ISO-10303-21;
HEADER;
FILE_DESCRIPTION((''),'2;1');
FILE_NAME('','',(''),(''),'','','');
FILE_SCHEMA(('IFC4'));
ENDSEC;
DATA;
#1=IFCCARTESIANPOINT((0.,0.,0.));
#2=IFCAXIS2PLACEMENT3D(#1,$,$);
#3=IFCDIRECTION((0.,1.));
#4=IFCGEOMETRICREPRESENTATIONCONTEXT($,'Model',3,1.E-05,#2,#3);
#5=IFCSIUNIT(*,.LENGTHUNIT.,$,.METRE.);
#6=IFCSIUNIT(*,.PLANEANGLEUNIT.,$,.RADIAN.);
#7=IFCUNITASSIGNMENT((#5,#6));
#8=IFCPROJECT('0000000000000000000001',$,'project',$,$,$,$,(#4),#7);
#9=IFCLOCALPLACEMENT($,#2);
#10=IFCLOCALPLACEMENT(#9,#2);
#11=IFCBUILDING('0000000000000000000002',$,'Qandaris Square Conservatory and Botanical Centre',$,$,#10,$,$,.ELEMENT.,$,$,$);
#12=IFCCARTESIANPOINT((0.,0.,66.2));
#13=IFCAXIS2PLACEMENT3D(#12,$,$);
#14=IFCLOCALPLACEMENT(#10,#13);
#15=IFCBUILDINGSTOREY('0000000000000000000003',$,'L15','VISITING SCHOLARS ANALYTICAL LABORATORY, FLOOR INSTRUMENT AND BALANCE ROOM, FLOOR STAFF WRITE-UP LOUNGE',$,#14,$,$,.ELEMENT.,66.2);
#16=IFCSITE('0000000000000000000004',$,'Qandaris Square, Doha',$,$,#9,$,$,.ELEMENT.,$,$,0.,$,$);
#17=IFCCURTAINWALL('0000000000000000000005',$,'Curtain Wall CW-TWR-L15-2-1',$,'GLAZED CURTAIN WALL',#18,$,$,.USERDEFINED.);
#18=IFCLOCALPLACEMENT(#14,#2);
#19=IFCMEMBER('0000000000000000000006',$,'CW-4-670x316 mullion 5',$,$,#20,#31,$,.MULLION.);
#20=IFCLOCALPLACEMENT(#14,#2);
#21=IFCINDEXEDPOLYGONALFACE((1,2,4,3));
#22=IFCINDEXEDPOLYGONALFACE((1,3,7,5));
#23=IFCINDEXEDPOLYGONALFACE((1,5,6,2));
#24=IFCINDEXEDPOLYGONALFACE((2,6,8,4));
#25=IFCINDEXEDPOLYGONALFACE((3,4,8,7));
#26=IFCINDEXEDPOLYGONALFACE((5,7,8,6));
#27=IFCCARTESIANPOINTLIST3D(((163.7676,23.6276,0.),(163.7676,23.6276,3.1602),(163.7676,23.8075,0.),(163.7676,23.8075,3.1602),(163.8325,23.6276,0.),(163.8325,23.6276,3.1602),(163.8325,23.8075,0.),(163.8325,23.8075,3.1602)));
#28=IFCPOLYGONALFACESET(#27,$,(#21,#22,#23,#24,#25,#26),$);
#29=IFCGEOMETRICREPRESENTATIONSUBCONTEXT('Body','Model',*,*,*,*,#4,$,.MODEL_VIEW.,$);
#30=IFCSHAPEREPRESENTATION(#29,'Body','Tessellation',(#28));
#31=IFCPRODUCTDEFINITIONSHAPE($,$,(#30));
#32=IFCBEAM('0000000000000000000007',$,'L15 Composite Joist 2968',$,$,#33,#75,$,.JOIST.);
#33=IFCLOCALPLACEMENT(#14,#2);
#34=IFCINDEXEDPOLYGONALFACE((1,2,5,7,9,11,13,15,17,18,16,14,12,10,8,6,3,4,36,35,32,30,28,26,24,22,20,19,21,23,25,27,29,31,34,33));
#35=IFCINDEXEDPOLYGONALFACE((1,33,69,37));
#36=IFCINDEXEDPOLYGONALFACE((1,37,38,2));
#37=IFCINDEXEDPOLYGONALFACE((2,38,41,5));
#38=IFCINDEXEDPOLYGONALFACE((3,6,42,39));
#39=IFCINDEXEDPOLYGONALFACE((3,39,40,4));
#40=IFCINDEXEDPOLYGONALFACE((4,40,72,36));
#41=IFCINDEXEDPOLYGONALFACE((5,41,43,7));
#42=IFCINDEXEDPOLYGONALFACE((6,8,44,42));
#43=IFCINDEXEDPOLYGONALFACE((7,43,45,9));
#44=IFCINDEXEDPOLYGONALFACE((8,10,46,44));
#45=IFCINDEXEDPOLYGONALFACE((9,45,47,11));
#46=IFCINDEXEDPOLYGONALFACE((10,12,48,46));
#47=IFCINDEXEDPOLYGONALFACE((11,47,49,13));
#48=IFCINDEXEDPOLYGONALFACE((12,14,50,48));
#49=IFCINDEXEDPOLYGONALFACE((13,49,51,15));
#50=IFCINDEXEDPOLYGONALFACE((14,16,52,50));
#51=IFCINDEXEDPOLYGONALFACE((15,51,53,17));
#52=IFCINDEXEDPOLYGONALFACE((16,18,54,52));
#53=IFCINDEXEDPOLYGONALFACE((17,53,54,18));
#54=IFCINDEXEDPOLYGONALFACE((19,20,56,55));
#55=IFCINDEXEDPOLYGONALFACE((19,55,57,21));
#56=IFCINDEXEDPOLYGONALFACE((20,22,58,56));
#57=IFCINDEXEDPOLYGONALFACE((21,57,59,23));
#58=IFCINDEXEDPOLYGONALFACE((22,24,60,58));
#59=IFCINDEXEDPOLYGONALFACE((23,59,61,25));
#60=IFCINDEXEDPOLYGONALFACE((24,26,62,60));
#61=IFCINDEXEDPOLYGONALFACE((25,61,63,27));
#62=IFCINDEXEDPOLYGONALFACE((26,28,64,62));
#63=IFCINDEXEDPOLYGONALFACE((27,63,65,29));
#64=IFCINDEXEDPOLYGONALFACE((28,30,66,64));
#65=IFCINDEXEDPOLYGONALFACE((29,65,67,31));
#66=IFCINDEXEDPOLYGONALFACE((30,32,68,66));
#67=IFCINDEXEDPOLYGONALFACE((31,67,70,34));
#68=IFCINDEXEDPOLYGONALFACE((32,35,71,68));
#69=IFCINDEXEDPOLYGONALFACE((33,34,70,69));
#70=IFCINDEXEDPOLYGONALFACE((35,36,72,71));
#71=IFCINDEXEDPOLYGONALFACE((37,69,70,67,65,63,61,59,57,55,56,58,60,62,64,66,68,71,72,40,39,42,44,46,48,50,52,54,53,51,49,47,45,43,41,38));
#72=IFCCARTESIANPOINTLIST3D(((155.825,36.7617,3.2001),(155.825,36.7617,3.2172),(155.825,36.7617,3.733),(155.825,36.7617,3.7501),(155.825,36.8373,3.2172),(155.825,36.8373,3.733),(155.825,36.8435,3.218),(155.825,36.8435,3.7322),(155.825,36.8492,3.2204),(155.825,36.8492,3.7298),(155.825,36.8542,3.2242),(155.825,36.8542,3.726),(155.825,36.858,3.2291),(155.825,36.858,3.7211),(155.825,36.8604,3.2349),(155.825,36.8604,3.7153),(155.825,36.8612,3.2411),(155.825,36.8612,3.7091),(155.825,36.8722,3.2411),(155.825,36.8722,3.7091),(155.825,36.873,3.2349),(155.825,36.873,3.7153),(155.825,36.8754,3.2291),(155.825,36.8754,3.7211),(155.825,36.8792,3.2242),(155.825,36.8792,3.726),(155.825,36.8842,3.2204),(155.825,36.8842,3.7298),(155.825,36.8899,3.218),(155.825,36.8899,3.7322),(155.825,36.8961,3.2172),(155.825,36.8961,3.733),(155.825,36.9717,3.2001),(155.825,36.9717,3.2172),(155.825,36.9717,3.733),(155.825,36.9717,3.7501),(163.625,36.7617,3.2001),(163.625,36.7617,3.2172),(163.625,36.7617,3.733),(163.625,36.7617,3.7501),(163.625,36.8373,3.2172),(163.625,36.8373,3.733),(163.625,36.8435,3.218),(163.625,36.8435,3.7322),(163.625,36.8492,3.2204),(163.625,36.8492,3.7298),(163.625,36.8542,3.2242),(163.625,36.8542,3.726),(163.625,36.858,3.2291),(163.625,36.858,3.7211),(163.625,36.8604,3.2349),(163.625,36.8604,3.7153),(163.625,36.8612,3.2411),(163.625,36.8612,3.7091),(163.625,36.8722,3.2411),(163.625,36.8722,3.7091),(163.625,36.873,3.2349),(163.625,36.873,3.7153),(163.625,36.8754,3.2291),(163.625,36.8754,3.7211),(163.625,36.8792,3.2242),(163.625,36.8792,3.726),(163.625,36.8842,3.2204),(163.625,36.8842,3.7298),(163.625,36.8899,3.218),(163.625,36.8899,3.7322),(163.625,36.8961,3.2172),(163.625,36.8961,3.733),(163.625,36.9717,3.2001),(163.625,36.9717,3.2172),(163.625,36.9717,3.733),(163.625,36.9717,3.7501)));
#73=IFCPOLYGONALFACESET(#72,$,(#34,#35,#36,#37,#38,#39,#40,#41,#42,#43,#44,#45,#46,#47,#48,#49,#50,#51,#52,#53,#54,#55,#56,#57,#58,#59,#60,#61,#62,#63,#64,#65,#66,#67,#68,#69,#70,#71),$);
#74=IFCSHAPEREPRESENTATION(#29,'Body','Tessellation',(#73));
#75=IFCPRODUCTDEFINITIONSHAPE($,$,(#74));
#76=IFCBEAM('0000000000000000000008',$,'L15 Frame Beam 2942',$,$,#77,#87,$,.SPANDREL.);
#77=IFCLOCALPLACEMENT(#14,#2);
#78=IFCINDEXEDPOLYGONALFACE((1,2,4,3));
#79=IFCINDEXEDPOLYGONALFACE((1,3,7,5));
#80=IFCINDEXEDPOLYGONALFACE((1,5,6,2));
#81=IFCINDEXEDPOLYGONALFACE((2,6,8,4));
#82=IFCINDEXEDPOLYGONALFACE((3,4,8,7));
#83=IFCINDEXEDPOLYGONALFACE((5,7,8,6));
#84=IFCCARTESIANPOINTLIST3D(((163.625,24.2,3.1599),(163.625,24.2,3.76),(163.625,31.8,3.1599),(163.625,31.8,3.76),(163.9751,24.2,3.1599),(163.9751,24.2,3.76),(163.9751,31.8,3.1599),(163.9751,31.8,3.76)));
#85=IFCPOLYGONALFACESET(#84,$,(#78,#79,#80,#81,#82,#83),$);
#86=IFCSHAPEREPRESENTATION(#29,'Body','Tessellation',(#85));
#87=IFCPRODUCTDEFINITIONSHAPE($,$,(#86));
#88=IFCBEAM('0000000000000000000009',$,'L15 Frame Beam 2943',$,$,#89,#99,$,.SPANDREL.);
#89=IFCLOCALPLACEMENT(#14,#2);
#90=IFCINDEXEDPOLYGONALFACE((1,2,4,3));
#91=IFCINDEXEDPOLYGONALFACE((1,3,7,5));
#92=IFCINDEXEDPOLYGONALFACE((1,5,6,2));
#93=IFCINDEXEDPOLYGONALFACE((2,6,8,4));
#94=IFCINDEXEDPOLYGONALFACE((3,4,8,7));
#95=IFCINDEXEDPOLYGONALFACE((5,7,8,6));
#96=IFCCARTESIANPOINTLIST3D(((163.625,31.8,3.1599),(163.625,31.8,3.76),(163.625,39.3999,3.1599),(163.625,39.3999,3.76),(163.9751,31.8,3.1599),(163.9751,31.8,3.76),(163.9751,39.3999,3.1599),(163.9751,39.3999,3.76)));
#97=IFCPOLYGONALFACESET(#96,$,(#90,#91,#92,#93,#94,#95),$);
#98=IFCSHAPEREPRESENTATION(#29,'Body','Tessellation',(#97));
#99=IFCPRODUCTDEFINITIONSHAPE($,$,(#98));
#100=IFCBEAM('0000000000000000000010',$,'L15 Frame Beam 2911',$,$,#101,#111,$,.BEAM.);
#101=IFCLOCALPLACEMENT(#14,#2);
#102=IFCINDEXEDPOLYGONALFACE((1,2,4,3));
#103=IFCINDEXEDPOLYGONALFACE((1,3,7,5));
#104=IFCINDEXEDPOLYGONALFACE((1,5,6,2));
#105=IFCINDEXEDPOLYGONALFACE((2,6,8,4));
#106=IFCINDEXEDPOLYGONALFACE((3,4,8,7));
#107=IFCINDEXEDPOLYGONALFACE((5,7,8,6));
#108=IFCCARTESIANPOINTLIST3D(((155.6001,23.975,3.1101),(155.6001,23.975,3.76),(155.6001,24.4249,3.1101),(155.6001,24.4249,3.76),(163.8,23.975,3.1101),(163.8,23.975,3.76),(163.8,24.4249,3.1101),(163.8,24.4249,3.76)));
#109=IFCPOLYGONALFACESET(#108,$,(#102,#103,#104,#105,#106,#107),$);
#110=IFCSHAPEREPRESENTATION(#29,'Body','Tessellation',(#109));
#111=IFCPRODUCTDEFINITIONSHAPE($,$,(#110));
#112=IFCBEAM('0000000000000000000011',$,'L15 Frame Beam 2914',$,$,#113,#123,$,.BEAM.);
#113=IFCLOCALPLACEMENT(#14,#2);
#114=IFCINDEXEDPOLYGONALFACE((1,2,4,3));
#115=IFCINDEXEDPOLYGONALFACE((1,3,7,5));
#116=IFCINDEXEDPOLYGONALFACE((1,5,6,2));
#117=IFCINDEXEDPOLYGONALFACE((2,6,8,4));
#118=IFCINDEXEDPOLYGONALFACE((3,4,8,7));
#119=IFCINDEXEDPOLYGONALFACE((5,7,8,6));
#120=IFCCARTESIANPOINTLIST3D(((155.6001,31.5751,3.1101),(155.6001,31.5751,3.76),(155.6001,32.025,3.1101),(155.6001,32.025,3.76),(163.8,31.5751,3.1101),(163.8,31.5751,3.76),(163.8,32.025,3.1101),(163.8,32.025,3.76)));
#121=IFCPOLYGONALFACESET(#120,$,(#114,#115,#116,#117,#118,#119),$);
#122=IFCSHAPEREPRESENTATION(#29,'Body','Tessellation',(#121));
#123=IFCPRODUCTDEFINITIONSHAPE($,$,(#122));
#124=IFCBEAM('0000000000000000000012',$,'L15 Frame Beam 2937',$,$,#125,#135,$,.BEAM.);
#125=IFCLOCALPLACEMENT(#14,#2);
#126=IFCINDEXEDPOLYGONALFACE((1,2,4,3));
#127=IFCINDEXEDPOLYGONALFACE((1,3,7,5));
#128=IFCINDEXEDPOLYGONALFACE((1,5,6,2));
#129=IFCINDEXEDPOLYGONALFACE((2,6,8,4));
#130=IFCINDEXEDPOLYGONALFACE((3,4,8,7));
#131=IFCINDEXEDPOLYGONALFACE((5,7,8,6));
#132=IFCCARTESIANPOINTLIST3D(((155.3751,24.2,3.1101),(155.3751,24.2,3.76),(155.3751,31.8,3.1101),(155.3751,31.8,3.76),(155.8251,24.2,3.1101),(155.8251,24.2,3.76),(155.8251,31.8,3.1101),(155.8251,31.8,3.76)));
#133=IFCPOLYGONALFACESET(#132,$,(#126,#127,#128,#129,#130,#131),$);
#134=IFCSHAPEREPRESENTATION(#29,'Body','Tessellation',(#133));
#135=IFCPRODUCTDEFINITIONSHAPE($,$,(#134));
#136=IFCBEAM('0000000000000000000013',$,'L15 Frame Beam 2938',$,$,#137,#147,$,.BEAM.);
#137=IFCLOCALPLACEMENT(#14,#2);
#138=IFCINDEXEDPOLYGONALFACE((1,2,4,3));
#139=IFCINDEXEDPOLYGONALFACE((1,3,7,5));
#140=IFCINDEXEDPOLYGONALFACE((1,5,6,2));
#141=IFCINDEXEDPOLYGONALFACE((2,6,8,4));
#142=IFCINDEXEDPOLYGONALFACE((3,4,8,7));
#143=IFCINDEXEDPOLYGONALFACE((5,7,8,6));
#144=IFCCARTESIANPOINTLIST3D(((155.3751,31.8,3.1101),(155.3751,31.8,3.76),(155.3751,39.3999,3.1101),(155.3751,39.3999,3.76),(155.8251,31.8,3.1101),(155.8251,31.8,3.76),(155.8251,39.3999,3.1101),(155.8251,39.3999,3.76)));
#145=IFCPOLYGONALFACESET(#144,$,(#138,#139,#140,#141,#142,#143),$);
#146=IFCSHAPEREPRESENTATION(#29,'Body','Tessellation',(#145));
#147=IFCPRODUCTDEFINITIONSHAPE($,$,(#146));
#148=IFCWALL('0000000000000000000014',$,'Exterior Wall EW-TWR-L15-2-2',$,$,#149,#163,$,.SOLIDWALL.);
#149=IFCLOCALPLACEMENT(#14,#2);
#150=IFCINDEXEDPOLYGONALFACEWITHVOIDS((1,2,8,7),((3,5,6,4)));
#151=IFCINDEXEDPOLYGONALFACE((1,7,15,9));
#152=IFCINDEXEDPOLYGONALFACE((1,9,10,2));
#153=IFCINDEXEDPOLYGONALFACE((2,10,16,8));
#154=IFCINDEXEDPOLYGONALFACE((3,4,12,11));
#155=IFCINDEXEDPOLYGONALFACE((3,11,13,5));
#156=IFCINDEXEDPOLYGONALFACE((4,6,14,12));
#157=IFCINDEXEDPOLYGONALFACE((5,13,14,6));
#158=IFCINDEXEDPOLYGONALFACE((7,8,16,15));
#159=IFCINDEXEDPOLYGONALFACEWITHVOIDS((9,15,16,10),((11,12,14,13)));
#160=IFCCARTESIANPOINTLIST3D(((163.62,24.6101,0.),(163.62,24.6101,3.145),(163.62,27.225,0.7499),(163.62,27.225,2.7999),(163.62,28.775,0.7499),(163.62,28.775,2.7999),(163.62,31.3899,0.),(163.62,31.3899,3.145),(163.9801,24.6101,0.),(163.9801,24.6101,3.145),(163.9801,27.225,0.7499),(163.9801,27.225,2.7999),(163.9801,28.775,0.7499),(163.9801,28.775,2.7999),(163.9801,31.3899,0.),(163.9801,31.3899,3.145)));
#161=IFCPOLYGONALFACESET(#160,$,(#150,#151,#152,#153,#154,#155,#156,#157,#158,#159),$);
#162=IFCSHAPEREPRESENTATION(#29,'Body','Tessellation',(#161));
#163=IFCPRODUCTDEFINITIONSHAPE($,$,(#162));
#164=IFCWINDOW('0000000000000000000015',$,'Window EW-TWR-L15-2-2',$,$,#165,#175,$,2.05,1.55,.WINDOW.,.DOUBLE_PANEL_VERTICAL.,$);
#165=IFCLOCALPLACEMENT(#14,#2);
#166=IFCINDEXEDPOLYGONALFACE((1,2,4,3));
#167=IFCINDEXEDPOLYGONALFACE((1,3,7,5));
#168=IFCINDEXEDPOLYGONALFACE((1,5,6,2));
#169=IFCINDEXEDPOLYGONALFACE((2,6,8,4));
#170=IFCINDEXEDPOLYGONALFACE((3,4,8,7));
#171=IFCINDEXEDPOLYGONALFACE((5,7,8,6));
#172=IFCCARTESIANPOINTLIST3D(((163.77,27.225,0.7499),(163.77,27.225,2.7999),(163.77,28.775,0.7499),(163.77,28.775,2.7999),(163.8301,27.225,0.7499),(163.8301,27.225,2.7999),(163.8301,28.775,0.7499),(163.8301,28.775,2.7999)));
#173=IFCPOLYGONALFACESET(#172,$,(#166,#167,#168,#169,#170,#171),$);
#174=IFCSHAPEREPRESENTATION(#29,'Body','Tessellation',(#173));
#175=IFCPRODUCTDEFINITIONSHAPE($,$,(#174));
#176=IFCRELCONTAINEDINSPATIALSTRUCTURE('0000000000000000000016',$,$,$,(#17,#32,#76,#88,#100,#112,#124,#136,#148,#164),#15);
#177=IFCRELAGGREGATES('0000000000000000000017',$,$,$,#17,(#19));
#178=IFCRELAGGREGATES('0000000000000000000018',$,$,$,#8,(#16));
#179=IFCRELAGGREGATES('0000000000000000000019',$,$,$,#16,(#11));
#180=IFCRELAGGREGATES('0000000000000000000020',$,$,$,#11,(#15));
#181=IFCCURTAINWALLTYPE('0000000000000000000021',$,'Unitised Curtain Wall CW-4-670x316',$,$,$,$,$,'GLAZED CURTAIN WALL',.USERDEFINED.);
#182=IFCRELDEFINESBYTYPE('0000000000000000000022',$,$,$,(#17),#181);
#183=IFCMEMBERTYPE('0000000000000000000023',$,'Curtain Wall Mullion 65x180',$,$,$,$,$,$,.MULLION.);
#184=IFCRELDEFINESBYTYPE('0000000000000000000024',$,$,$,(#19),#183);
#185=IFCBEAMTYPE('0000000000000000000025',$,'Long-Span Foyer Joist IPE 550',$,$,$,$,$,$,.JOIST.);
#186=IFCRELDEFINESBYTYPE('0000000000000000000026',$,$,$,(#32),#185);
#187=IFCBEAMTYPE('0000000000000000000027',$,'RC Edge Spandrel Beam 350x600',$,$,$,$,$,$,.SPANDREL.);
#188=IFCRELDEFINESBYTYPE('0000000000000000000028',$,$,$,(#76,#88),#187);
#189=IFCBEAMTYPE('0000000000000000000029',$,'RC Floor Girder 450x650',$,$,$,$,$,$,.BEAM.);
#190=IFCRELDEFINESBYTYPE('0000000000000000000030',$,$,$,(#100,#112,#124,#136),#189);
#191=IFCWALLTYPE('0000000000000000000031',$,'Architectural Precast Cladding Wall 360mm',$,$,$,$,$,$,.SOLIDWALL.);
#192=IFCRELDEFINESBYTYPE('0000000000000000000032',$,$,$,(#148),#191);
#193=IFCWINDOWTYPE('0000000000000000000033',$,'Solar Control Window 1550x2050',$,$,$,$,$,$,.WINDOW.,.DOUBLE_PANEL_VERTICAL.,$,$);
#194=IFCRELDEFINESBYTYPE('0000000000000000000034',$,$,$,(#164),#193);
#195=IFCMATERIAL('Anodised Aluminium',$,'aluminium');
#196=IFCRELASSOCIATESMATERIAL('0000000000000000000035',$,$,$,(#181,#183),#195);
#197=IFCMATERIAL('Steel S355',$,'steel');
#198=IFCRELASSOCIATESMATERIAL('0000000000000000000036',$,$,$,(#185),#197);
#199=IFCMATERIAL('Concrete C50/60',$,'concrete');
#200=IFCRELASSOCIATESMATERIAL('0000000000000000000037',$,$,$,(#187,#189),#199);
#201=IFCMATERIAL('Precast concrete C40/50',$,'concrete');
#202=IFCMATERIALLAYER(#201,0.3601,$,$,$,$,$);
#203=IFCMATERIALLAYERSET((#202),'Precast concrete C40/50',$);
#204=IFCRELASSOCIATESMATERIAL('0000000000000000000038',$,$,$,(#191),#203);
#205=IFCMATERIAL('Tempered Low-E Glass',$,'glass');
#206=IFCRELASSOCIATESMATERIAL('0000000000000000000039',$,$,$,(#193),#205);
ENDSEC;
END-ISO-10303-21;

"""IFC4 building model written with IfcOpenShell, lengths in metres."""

from ifc_helpers import new_model, si_unit, direction, frame, frame_2d, origin, origin_2d, place, context, subcontext, project, spatial, rectangle, i_section, extrude, material, layer, layer_set, material_profile, profile_set, type_object, element, fill, aggregate, save


model = new_model("IFC4")

# Units and contexts
model_context = context("Model", 3, precision=1e-05, world=origin(), true_north=direction((0.0, 1.0)))
body_context = subcontext(model_context, "Body", "Model", "MODEL_VIEW")
ifc_project = project(units=[si_unit("LENGTHUNIT", "METRE"), si_unit("PLANEANGLEUNIT", "RADIAN")], contexts=[model_context])

# Site, building, storey
site_placement = place(None, origin())
site = spatial("IfcSite", under=ifc_project, at=site_placement, Name="Qandaris Square, Doha", CompositionType="ELEMENT", RefElevation=0.0)
building_placement = place(site_placement, origin())
building = spatial("IfcBuilding", under=site, at=building_placement, Name="Qandaris Square Conservatory and Botanical Centre", CompositionType="ELEMENT")
storey_placement = place(building_placement, frame((0.0, 0.0, 66.2)))
storey = spatial("IfcBuildingStorey", under=building, at=storey_placement, Name="L15", Description="VISITING SCHOLARS ANALYTICAL LABORATORY, FLOOR INSTRUMENT AND BALANCE ROOM, FLOOR STAFF WRITE-UP LOUNGE", CompositionType="ELEMENT", Elevation=66.2)

# Shared definitions
ifc_material_1 = material(Name="Concrete C50/60", Category="concrete")

# Shared definitions
ifc_material_2 = material(Name="Steel S355", Category="steel")

# Curtain wall, member
ifc_material_3 = material(Name="Anodised Aluminium", Category="aluminium")
curtain_wall_type = type_object("IfcCurtainWallType", Name="Unitised Curtain Wall CW-4-670x316", ElementType="GLAZED CURTAIN WALL", PredefinedType="USERDEFINED", material=ifc_material_3)
curtain_wall_placement = place(storey_placement, origin())
curtain_wall = element("IfcCurtainWall", 1, at=curtain_wall_placement, inside=storey, type_object=curtain_wall_type, Name="Curtain Wall CW-TWR-L15-2-1", ObjectType="GLAZED CURTAIN WALL", PredefinedType="USERDEFINED")
ifc_material_profile_1 = material_profile(ifc_material_3, rectangle(XDim=0.0649, YDim=0.1799, at=origin_2d()), Name="ALU-MUL 65x180")
ifc_profile_set_1 = profile_set([ifc_material_profile_1], Name="Anodised Aluminium")
member_type = type_object("IfcMemberType", Name="Curtain Wall Mullion 65x180", PredefinedType="MULLION", material=ifc_profile_set_1)
member_placement = place(storey_placement, frame((163.8, 23.7175, 0.0), z_axis=(0.0, 0.0, 1.0), x_axis=(-1.0, 0.0, 0.0)))
member = element("IfcMember", 2, at=member_placement, type_object=member_type, Name="CW-4-670x316 mullion 5", PredefinedType="MULLION", context=body_context, shape_type="SweptSolid", body=[
    extrude(rectangle(XDim=0.0649, YDim=0.1799, at=origin_2d()), origin(), (0.0, 0.0, 1.0), 3.1602),
])
aggregate(curtain_wall, [member])

# Beams
ifc_material_profile_2 = material_profile(ifc_material_2, i_section(OverallWidth=0.21, OverallDepth=0.55, WebThickness=0.011, FlangeThickness=0.0171, FilletRadius=0.0239, at=origin_2d()), Name="IPE 550")
ifc_profile_set_2 = profile_set([ifc_material_profile_2], Name="Steel S355")
beam_type_1 = type_object("IfcBeamType", Name="Long-Span Foyer Joist IPE 550", PredefinedType="JOIST", material=ifc_profile_set_2)
beam_1_placement = place(storey_placement, frame((155.825, 36.8667, 3.4751), z_axis=(1.0, 0.0, 0.0), x_axis=(0.0, 1.0, 0.0)))
element("IfcBeam", 3, at=beam_1_placement, inside=storey, type_object=beam_type_1, Name="L15 Composite Joist 2968", PredefinedType="JOIST", context=body_context, shape_type="SweptSolid", body=[
    extrude(i_section(OverallWidth=0.21, OverallDepth=0.55, WebThickness=0.011, FlangeThickness=0.0171, FilletRadius=0.0239, at=origin_2d()), origin(), (0.0, 0.0, 1.0), 7.8),
])
ifc_material_profile_3 = material_profile(ifc_material_1, rectangle(XDim=0.3501, YDim=0.6001, at=origin_2d()), Name="RC-SP 350x600")
ifc_profile_set_3 = profile_set([ifc_material_profile_3], Name="Concrete C50/60")
beam_type_2 = type_object("IfcBeamType", Name="RC Edge Spandrel Beam 350x600", PredefinedType="SPANDREL", material=ifc_profile_set_3)
beam_2_placement = place(storey_placement, frame((163.8, 24.2, 3.46), z_axis=(0.0, 1.0, 0.0), x_axis=(-1.0, 0.0, 0.0)))
element("IfcBeam", 4, at=beam_2_placement, inside=storey, type_object=beam_type_2, Name="L15 Frame Beam 2942", PredefinedType="SPANDREL", context=body_context, shape_type="SweptSolid", body=[
    extrude(rectangle(XDim=0.3501, YDim=0.6001, at=origin_2d()), origin(), (0.0, 0.0, 1.0), 7.6001),
])
beam_3_placement = place(storey_placement, frame((163.8, 31.8, 3.46), z_axis=(0.0, 1.0, 0.0), x_axis=(-1.0, 0.0, 0.0)))
element("IfcBeam", 5, at=beam_3_placement, inside=storey, type_object=beam_type_2, Name="L15 Frame Beam 2943", PredefinedType="SPANDREL", context=body_context, shape_type="SweptSolid", body=[
    extrude(rectangle(XDim=0.3501, YDim=0.6001, at=origin_2d()), origin(), (0.0, 0.0, 1.0), 7.5999),
])
ifc_material_profile_4 = material_profile(ifc_material_1, rectangle(XDim=0.45, YDim=0.6499, at=origin_2d()), Name="RC-BM 450x650")
ifc_profile_set_4 = profile_set([ifc_material_profile_4], Name="Concrete C50/60")
beam_type_3 = type_object("IfcBeamType", Name="RC Floor Girder 450x650", PredefinedType="BEAM", material=ifc_profile_set_4)
for number, where, z_axis, x_axis, name in (
    (6, (155.6001, 24.2, 3.4351), (1.0, 0.0, 0.0), (0.0, 1.0, 0.0), "L15 Frame Beam 2911"),
    (7, (155.6001, 31.8, 3.4351), (1.0, 0.0, 0.0), (0.0, 1.0, 0.0), "L15 Frame Beam 2914"),
):
    element("IfcBeam", number, at=place(storey_placement, frame(where, z_axis=z_axis, x_axis=x_axis)), inside=storey, type_object=beam_type_3, Name=name, PredefinedType="BEAM", context=body_context, shape_type="SweptSolid", body=[
        extrude(rectangle(XDim=0.45, YDim=0.6499, at=origin_2d()), origin(), (0.0, 0.0, 1.0), 8.2),
    ])
beam_4_placement = place(storey_placement, frame((155.6001, 24.2, 3.4351), z_axis=(0.0, 1.0, 0.0), x_axis=(-1.0, 0.0, 0.0)))
element("IfcBeam", 8, at=beam_4_placement, inside=storey, type_object=beam_type_3, Name="L15 Frame Beam 2937", PredefinedType="BEAM", context=body_context, shape_type="SweptSolid", body=[
    extrude(rectangle(XDim=0.45, YDim=0.6499, at=origin_2d()), origin(), (0.0, 0.0, 1.0), 7.6001),
])
beam_5_placement = place(storey_placement, frame((155.6001, 31.8, 3.4351), z_axis=(0.0, 1.0, 0.0), x_axis=(-1.0, 0.0, 0.0)))
element("IfcBeam", 9, at=beam_5_placement, inside=storey, type_object=beam_type_3, Name="L15 Frame Beam 2938", PredefinedType="BEAM", context=body_context, shape_type="SweptSolid", body=[
    extrude(rectangle(XDim=0.45, YDim=0.6499, at=origin_2d()), origin(), (0.0, 0.0, 1.0), 7.5999),
])

# Wall, opening, window
ifc_material_4 = material(Name="Precast concrete C40/50", Category="concrete")
ifc_layer_1 = layer(ifc_material_4, 0.3601)
ifc_layer_set_1 = layer_set([ifc_layer_1], Name="Precast concrete C40/50")
wall_type_1 = type_object("IfcWallType", Name="Architectural Precast Cladding Wall 360mm", PredefinedType="SOLIDWALL", material=ifc_layer_set_1)
wall_1_placement = place(storey_placement, frame((163.8, 24.6101, 0.0), z_axis=(0.0, 0.0, 1.0), x_axis=(0.0, 1.0, 0.0)))
wall_1 = element("IfcWall", 10, at=wall_1_placement, inside=storey, type_object=wall_type_1, Name="Exterior Wall EW-TWR-L15-2-2", PredefinedType="SOLIDWALL", context=body_context, shape_type="SweptSolid", body=[
    extrude(rectangle(XDim=6.7798, YDim=0.3601, at=frame_2d((3.3899, 0.0))), origin(), (0.0, 0.0, 1.0), 3.145),
])
opening_1_placement = place(wall_1_placement, frame((2.615, 0.0, 0.75)))
opening_1 = element("IfcOpeningElement", 11, at=opening_1_placement, cuts=wall_1, PredefinedType="OPENING", context=body_context, shape_type="SweptSolid", body=[
    extrude(rectangle(XDim=1.55, YDim=2.05, at=frame_2d((0.7749, 1.0249))), frame((0.0, 0.1919, 0.0), z_axis=(0.0, -1.0, 0.0), x_axis=(1.0, 0.0, 0.0)), (0.0, 0.0, 1.0), 0.384),
])
ifc_material_5 = material(Name="Tempered Low-E Glass", Category="glass")
window_type_1 = type_object("IfcWindowType", Name="Solar Control Window 1550x2050", PartitioningType="DOUBLE_PANEL_VERTICAL", PredefinedType="WINDOW", material=ifc_material_5)
window_1_placement = place(opening_1_placement, origin())
window_1 = element("IfcWindow", 12, at=window_1_placement, inside=storey, type_object=window_type_1, Name="Window EW-TWR-L15-2-2", OverallHeight=2.05, OverallWidth=1.55, PartitioningType="DOUBLE_PANEL_VERTICAL", PredefinedType="WINDOW", context=body_context, shape_type="SweptSolid", body=[
    extrude(rectangle(XDim=1.55, YDim=2.05, at=frame_2d((0.7749, 1.0249))), frame((0.0, 0.03, 0.0), z_axis=(0.0, -1.0, 0.0), x_axis=(1.0, 0.0, 0.0)), (0.0, 0.0, 1.0), 0.0601),
])
fill(opening_1, window_1)

save(model, "model.ifc")
